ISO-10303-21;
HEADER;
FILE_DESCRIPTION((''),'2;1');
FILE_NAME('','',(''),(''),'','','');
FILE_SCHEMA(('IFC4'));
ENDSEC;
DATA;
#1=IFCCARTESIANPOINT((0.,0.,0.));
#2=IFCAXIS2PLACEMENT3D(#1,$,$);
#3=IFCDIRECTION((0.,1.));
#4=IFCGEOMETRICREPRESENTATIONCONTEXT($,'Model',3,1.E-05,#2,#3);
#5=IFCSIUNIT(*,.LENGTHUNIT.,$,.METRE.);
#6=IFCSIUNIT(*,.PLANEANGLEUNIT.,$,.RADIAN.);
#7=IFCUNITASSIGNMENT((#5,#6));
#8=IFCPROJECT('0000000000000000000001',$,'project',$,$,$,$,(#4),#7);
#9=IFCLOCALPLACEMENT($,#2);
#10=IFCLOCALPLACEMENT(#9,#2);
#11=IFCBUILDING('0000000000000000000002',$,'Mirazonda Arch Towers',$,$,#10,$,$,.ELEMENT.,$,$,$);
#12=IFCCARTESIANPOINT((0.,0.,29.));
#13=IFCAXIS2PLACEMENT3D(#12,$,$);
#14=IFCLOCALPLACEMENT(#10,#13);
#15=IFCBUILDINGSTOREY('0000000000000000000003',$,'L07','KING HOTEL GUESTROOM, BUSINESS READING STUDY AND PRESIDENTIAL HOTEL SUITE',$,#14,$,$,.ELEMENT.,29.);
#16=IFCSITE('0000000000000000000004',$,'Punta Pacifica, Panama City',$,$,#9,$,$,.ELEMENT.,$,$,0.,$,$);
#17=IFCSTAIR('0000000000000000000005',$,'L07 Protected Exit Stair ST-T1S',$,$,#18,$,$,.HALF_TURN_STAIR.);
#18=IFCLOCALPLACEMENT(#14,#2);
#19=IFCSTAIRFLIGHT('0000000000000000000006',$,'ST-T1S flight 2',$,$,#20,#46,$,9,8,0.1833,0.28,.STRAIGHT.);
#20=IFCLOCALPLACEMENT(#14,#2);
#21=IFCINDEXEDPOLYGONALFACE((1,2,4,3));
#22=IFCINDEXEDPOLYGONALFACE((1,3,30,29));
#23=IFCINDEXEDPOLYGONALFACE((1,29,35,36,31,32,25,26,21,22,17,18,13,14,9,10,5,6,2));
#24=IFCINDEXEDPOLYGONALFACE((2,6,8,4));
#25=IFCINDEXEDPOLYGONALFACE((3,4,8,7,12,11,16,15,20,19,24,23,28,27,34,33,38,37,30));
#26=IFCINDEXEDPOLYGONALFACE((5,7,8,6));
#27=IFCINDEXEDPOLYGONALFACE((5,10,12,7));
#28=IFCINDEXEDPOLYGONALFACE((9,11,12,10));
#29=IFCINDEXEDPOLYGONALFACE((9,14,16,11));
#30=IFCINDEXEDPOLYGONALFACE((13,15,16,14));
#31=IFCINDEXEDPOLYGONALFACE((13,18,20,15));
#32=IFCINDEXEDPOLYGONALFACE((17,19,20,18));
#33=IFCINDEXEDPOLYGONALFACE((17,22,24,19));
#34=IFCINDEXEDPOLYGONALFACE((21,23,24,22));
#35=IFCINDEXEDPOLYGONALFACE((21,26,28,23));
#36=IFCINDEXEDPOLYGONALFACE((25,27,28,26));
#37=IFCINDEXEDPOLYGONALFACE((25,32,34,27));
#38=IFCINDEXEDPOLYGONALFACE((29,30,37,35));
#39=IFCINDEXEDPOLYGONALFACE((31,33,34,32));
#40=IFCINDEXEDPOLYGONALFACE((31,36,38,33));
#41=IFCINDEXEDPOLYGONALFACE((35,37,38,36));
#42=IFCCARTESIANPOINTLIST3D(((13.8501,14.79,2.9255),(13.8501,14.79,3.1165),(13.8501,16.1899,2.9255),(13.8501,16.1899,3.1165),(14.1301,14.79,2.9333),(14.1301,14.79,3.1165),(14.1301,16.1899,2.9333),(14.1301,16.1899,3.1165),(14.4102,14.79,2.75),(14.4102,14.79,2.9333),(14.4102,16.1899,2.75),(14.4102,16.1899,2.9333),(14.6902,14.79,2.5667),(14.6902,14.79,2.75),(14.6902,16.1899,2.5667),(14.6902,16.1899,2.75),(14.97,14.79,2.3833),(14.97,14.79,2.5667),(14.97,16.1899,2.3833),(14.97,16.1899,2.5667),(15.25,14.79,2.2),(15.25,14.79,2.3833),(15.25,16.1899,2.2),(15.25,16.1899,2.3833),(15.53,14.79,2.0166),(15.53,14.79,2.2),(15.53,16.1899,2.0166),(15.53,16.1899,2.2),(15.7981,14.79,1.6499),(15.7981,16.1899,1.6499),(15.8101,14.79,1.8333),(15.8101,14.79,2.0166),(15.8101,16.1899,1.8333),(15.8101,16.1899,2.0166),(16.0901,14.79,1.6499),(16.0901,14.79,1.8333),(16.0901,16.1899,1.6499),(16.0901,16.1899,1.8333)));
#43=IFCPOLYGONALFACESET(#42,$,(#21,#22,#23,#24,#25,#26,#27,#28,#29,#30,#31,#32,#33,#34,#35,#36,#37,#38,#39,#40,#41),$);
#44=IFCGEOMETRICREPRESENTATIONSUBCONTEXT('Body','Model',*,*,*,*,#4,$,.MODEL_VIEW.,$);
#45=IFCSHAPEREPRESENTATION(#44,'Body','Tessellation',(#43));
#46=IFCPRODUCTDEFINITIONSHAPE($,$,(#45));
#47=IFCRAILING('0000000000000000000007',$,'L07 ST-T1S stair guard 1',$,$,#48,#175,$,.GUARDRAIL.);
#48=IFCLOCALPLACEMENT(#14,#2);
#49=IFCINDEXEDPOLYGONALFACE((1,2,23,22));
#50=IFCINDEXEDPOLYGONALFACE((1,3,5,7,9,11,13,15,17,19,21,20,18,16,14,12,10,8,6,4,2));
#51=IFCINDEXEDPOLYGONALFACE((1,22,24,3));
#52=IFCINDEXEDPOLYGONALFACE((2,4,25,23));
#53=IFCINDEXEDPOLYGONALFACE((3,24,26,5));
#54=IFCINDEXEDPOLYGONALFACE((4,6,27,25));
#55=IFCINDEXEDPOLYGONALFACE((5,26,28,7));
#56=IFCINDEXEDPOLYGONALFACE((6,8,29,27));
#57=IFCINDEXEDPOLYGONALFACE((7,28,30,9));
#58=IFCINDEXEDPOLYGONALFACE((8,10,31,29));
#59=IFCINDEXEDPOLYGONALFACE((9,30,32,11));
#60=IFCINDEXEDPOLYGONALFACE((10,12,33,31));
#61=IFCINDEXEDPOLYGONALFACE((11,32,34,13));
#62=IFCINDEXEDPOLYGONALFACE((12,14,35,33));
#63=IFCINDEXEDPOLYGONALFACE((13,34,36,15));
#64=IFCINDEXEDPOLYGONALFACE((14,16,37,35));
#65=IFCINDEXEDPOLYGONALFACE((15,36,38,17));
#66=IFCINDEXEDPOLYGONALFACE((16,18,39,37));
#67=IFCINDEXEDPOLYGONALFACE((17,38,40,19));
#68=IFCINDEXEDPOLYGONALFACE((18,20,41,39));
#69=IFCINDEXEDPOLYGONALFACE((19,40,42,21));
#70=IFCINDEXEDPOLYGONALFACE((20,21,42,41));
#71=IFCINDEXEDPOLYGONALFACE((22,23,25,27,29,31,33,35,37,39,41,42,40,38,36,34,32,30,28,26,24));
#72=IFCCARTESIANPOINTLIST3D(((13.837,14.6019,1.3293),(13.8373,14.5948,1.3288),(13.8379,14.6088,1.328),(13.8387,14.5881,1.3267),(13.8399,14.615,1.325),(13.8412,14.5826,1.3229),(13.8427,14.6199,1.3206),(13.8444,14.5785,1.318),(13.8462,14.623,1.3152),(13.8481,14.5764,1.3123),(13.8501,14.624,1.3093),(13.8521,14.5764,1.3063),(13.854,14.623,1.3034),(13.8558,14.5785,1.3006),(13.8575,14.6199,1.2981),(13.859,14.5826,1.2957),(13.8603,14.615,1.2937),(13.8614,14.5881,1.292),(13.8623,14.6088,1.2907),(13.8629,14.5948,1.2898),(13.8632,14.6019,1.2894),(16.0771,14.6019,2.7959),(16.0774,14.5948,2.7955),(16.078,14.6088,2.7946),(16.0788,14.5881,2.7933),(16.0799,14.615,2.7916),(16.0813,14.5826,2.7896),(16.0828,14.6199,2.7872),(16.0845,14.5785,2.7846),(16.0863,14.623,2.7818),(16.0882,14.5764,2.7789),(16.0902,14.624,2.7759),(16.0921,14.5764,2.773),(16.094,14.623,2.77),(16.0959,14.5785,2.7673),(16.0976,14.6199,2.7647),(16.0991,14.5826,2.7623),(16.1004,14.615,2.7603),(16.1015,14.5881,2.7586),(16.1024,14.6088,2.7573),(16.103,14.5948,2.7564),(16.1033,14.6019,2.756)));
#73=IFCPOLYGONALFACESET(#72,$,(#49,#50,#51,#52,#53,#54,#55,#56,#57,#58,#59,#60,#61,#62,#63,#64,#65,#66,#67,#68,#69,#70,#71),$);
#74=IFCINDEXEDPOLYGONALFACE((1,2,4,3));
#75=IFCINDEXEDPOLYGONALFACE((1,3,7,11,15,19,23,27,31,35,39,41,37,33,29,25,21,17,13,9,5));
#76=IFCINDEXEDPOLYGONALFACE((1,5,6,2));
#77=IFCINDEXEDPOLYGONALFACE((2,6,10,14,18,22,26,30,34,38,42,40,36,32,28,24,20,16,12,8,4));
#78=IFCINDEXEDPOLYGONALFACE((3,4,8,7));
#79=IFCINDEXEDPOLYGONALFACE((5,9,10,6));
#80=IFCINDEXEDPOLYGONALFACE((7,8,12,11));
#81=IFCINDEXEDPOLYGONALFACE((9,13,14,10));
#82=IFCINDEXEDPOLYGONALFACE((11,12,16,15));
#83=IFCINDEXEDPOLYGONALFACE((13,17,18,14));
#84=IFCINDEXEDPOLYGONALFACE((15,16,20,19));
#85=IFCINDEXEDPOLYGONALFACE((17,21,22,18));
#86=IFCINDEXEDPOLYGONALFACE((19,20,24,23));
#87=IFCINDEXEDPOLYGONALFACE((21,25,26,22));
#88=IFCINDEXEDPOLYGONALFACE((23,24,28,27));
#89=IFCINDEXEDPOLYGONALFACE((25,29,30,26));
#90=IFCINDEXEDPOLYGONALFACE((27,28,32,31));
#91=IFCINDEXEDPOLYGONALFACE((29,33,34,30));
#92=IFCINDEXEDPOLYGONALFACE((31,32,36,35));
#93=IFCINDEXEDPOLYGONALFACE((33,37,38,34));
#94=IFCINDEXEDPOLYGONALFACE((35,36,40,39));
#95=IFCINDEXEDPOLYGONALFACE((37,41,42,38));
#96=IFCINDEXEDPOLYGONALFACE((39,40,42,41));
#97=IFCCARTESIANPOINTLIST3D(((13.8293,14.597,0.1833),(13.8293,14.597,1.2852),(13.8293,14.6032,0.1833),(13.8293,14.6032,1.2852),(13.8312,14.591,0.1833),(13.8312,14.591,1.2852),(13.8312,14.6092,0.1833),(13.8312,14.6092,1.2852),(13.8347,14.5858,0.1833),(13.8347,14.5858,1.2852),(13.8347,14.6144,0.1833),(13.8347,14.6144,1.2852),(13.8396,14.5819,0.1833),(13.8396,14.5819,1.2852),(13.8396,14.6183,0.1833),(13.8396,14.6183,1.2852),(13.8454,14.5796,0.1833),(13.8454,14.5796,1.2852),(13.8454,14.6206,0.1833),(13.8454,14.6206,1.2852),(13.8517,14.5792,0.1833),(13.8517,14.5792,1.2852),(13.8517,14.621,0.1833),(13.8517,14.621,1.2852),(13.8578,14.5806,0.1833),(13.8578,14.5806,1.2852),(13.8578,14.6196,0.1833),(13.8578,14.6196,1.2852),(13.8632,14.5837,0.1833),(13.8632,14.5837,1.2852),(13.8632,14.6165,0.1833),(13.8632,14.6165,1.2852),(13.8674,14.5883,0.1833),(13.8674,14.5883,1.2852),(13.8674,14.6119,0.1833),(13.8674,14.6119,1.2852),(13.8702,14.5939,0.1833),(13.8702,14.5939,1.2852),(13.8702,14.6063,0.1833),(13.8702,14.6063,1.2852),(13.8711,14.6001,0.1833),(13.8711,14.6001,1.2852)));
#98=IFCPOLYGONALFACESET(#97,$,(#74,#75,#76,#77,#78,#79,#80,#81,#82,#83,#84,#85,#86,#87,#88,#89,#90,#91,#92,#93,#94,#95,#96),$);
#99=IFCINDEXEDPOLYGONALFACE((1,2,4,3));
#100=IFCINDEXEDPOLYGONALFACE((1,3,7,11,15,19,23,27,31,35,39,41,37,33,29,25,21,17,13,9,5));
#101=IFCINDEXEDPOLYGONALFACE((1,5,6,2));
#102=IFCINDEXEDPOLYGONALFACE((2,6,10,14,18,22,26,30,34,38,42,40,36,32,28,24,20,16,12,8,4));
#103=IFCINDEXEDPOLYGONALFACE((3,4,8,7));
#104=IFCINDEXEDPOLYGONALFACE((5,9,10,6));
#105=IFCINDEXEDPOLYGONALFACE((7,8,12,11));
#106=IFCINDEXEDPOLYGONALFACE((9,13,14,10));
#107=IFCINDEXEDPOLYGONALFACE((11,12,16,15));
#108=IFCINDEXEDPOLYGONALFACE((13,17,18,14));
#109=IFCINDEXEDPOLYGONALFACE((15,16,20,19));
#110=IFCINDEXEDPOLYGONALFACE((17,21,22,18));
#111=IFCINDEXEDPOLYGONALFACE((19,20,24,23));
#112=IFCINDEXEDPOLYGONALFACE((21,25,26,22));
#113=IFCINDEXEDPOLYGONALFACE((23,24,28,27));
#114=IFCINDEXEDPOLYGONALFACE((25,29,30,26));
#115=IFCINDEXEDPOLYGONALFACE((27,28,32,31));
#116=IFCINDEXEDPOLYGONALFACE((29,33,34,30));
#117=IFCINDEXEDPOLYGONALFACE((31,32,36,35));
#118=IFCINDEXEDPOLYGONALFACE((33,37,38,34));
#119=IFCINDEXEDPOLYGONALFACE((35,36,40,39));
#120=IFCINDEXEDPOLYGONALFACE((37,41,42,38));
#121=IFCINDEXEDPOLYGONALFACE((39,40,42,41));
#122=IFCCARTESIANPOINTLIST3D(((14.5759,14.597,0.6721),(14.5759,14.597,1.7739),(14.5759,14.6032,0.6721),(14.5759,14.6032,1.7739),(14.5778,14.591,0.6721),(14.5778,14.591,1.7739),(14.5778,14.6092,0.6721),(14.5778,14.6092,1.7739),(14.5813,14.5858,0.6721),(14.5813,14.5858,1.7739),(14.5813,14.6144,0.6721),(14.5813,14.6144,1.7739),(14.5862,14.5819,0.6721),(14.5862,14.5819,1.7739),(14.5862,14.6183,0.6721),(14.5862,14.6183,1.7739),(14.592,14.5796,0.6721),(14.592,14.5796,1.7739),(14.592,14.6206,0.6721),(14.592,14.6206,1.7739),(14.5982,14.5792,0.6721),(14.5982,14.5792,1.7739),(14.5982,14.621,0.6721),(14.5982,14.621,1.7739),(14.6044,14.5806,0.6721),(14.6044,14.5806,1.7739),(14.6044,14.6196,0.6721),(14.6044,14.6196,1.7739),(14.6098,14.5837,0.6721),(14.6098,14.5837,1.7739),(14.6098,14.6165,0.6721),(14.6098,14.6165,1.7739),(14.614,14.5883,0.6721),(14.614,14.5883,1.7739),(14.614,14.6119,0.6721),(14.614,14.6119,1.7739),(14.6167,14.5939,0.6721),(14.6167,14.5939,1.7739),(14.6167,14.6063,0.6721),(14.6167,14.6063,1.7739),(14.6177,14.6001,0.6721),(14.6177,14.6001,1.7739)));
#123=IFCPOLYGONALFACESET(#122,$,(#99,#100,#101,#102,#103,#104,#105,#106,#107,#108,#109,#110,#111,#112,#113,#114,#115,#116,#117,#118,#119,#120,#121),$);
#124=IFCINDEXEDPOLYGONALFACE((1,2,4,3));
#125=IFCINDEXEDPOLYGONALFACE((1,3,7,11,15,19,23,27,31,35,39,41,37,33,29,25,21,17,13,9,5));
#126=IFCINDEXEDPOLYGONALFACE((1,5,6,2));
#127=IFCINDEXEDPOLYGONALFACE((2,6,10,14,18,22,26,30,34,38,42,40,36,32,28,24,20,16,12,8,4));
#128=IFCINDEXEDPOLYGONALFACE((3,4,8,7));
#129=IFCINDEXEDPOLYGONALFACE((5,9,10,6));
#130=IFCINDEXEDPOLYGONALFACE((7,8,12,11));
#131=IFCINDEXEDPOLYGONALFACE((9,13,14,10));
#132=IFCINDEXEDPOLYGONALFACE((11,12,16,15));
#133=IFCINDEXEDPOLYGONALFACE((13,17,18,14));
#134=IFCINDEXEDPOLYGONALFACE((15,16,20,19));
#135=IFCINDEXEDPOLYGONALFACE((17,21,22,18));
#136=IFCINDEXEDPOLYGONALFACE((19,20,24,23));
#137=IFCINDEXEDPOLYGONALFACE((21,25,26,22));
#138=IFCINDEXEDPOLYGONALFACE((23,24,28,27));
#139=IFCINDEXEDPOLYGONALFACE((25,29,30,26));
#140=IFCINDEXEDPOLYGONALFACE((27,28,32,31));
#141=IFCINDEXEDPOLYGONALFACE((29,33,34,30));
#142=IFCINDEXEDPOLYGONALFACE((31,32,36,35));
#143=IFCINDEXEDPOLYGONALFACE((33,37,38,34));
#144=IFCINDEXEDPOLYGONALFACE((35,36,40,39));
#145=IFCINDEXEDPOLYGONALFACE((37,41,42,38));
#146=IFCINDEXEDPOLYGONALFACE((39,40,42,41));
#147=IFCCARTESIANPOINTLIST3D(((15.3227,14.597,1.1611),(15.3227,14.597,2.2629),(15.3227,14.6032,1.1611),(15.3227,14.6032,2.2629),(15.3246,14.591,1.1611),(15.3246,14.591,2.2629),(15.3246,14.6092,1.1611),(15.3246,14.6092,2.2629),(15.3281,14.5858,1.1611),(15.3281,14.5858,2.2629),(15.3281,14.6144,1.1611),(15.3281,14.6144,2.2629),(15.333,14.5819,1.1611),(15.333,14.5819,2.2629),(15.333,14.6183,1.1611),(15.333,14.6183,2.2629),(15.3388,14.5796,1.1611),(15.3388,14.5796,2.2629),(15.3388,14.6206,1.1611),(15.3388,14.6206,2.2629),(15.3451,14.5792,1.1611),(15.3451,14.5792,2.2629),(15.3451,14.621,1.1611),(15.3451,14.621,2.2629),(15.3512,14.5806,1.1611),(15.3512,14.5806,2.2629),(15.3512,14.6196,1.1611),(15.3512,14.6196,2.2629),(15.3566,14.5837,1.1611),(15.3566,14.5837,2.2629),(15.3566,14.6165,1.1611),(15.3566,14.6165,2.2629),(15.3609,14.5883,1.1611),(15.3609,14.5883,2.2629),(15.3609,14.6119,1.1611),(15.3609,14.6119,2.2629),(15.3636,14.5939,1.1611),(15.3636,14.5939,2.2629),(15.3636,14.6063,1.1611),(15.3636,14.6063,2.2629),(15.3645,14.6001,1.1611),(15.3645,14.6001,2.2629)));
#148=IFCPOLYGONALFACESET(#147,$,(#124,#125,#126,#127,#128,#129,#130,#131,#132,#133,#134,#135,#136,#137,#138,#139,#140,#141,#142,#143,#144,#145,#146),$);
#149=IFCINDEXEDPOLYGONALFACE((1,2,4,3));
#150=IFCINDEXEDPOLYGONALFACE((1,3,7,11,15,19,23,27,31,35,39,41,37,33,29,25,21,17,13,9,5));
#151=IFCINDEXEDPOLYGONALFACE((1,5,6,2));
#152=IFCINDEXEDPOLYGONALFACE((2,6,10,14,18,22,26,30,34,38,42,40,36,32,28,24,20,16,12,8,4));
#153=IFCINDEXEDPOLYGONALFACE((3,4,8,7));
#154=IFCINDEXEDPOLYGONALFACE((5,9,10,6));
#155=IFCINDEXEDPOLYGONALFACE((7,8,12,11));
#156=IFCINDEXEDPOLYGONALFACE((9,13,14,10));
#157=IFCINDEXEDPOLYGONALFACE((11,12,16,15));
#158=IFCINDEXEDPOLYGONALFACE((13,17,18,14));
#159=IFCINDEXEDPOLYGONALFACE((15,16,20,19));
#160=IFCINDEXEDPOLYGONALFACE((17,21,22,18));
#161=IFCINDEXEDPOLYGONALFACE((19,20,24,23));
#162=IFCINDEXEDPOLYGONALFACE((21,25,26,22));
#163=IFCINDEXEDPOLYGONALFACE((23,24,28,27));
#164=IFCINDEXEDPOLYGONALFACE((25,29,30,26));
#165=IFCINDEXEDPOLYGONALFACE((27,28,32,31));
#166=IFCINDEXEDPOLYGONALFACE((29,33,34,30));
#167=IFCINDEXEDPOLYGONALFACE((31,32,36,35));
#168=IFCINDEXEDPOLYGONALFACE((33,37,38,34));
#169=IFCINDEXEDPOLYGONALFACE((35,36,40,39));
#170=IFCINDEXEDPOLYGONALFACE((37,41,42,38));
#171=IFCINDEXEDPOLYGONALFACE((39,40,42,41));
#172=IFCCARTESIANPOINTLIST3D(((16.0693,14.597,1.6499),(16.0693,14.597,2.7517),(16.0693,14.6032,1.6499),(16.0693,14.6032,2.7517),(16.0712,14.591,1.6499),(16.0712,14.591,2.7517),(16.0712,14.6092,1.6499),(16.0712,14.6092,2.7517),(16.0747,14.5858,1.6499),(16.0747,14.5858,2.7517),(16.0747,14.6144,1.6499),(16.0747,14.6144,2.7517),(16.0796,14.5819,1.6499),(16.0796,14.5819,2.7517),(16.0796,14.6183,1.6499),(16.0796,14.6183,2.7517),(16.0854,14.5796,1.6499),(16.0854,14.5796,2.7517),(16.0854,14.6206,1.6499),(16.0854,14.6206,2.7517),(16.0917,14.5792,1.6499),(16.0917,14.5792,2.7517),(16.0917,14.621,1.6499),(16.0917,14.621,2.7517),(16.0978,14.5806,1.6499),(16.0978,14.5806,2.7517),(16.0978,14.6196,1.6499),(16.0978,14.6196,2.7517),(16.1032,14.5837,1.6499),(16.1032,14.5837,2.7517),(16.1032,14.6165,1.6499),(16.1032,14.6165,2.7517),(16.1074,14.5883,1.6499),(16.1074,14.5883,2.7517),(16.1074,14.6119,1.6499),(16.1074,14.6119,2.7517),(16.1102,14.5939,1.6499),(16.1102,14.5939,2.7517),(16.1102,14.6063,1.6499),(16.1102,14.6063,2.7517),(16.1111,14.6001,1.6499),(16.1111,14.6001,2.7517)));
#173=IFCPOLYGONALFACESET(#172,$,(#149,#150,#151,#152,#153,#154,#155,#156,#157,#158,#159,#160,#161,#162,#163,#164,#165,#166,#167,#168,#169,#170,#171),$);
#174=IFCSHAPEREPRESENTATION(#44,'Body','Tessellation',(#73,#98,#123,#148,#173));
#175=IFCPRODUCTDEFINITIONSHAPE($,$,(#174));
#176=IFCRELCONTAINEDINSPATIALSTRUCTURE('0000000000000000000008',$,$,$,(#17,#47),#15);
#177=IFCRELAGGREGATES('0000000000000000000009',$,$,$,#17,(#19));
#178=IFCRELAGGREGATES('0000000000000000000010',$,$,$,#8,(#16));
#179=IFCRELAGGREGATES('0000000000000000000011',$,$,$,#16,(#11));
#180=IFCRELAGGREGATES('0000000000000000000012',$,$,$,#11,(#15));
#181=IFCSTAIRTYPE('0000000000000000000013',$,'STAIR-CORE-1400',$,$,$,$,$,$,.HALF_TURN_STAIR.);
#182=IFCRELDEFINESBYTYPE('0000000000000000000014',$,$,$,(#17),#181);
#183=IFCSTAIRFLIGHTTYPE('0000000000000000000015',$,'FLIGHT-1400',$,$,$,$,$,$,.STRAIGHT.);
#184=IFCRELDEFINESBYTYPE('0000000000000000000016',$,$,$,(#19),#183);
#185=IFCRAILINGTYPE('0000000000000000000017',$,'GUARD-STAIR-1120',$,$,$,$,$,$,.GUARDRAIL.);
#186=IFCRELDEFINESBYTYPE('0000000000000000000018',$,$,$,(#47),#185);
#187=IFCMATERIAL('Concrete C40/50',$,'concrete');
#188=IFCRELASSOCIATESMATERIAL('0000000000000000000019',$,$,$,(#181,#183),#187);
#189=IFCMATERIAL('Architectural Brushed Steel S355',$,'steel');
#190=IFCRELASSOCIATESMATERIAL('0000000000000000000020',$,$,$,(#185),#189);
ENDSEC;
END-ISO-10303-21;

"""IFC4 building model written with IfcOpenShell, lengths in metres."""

from ifc_helpers import new_model, si_unit, direction, frame, origin, origin_2d, place, context, subcontext, project, spatial, polyline, circle, outline, extrude, material, type_object, element, aggregate, save


model = new_model("IFC4")

# Units and contexts
model_context = context("Model", 3, precision=1e-05, world=origin(), true_north=direction((0.0, 1.0)))
body_context = subcontext(model_context, "Body", "Model", "MODEL_VIEW")
ifc_project = project(units=[si_unit("LENGTHUNIT", "METRE"), si_unit("PLANEANGLEUNIT", "RADIAN")], contexts=[model_context])

# Site, building, storey
site_placement = place(None, origin())
site = spatial("IfcSite", under=ifc_project, at=site_placement, Name="Punta Pacifica, Panama City", CompositionType="ELEMENT", RefElevation=0.0)
building_placement = place(site_placement, origin())
building = spatial("IfcBuilding", under=site, at=building_placement, Name="Mirazonda Arch Towers", CompositionType="ELEMENT")
storey_placement = place(building_placement, frame((0.0, 0.0, 29.0)))
storey = spatial("IfcBuildingStorey", under=building, at=storey_placement, Name="L07", Description="KING HOTEL GUESTROOM, BUSINESS READING STUDY AND PRESIDENTIAL HOTEL SUITE", CompositionType="ELEMENT", Elevation=29.0)

# Shared definitions
ifc_material_1 = material(Name="Concrete C40/50", Category="concrete")

# Stair, stair flight
stair_type = type_object("IfcStairType", Name="STAIR-CORE-1400", PredefinedType="HALF_TURN_STAIR", material=ifc_material_1)
stair_placement = place(storey_placement, origin())
stair = element("IfcStair", 1, at=stair_placement, inside=storey, type_object=stair_type, Name="L07 Protected Exit Stair ST-T1S", PredefinedType="HALF_TURN_STAIR")
stair_flight_type = type_object("IfcStairFlightType", Name="FLIGHT-1400", PredefinedType="STRAIGHT", material=ifc_material_1)
stair_flight_placement = place(storey_placement, frame((16.0901, 15.49, 1.6499), z_axis=(0.0, 0.0, 1.0), x_axis=(-1.0, 0.0, 0.0)))
stair_flight = element("IfcStairFlight", 2, at=stair_flight_placement, type_object=stair_flight_type, Name="ST-T1S flight 2", NumberOfRisers=9, NumberOfTreads=8, PredefinedType="STRAIGHT", RiserHeight=0.1833, TreadLength=0.28, context=body_context, shape_type="SweptSolid", body=[
    extrude(outline(polyline([(0.0, 0.0), (0.0, 0.1833), (0.28, 0.1833), (0.28, 0.3667), (0.5601, 0.3667), (0.5601, 0.55), (0.8401, 0.55), (0.8401, 0.7334), (1.1201, 0.7334), (1.1201, 0.9167), (1.3999, 0.9167), (1.3999, 1.1001), (1.6799, 1.1001), (1.6799, 1.2834), (1.96, 1.2834), (1.96, 1.4666), (2.24, 1.4666), (2.24, 1.6499), (2.24, 1.2756), (0.292, 0.0), (0.0, 0.0)])), frame((0.0, 0.7, 0.0), z_axis=(0.0, -1.0, 0.0), x_axis=(1.0, 0.0, 0.0)), (0.0, 0.0, 1.0), 1.3999),
])
aggregate(stair, [stair_flight])

# Railing
ifc_material_2 = material(Name="Architectural Brushed Steel S355", Category="steel")
railing_type_1 = type_object("IfcRailingType", Name="GUARD-STAIR-1120", PredefinedType="GUARDRAIL", material=ifc_material_2)
railing_1_placement = place(storey_placement, frame((13.8501, 14.6001, 0.1833)))
element("IfcRailing", 3, at=railing_1_placement, inside=storey, type_object=railing_type_1, Name="L07 ST-T1S stair guard 1", PredefinedType="GUARDRAIL", context=body_context, shape_type="SweptSolid", body=[
    extrude(circle(Radius=0.0239, at=origin_2d()), frame((0.0, 0.0, 1.126), z_axis=(0.836637, 0.0, 0.547758), x_axis=(0.0, 1.0, 0.0)), (0.0, 0.0, 1.0), 2.6775),
    extrude(circle(Radius=0.021, at=origin_2d()), origin(), (0.0, 0.0, 1.0), 1.1018),
    extrude(circle(Radius=0.021, at=origin_2d()), frame((0.7466, 0.0, 0.4888)), (0.0, 0.0, 1.0), 1.1018),
    extrude(circle(Radius=0.021, at=origin_2d()), frame((1.4934, 0.0, 0.9778)), (0.0, 0.0, 1.0), 1.1018),
    extrude(circle(Radius=0.021, at=origin_2d()), frame((2.24, 0.0, 1.4666)), (0.0, 0.0, 1.0), 1.1018),
])

save(model, "model.ifc")
